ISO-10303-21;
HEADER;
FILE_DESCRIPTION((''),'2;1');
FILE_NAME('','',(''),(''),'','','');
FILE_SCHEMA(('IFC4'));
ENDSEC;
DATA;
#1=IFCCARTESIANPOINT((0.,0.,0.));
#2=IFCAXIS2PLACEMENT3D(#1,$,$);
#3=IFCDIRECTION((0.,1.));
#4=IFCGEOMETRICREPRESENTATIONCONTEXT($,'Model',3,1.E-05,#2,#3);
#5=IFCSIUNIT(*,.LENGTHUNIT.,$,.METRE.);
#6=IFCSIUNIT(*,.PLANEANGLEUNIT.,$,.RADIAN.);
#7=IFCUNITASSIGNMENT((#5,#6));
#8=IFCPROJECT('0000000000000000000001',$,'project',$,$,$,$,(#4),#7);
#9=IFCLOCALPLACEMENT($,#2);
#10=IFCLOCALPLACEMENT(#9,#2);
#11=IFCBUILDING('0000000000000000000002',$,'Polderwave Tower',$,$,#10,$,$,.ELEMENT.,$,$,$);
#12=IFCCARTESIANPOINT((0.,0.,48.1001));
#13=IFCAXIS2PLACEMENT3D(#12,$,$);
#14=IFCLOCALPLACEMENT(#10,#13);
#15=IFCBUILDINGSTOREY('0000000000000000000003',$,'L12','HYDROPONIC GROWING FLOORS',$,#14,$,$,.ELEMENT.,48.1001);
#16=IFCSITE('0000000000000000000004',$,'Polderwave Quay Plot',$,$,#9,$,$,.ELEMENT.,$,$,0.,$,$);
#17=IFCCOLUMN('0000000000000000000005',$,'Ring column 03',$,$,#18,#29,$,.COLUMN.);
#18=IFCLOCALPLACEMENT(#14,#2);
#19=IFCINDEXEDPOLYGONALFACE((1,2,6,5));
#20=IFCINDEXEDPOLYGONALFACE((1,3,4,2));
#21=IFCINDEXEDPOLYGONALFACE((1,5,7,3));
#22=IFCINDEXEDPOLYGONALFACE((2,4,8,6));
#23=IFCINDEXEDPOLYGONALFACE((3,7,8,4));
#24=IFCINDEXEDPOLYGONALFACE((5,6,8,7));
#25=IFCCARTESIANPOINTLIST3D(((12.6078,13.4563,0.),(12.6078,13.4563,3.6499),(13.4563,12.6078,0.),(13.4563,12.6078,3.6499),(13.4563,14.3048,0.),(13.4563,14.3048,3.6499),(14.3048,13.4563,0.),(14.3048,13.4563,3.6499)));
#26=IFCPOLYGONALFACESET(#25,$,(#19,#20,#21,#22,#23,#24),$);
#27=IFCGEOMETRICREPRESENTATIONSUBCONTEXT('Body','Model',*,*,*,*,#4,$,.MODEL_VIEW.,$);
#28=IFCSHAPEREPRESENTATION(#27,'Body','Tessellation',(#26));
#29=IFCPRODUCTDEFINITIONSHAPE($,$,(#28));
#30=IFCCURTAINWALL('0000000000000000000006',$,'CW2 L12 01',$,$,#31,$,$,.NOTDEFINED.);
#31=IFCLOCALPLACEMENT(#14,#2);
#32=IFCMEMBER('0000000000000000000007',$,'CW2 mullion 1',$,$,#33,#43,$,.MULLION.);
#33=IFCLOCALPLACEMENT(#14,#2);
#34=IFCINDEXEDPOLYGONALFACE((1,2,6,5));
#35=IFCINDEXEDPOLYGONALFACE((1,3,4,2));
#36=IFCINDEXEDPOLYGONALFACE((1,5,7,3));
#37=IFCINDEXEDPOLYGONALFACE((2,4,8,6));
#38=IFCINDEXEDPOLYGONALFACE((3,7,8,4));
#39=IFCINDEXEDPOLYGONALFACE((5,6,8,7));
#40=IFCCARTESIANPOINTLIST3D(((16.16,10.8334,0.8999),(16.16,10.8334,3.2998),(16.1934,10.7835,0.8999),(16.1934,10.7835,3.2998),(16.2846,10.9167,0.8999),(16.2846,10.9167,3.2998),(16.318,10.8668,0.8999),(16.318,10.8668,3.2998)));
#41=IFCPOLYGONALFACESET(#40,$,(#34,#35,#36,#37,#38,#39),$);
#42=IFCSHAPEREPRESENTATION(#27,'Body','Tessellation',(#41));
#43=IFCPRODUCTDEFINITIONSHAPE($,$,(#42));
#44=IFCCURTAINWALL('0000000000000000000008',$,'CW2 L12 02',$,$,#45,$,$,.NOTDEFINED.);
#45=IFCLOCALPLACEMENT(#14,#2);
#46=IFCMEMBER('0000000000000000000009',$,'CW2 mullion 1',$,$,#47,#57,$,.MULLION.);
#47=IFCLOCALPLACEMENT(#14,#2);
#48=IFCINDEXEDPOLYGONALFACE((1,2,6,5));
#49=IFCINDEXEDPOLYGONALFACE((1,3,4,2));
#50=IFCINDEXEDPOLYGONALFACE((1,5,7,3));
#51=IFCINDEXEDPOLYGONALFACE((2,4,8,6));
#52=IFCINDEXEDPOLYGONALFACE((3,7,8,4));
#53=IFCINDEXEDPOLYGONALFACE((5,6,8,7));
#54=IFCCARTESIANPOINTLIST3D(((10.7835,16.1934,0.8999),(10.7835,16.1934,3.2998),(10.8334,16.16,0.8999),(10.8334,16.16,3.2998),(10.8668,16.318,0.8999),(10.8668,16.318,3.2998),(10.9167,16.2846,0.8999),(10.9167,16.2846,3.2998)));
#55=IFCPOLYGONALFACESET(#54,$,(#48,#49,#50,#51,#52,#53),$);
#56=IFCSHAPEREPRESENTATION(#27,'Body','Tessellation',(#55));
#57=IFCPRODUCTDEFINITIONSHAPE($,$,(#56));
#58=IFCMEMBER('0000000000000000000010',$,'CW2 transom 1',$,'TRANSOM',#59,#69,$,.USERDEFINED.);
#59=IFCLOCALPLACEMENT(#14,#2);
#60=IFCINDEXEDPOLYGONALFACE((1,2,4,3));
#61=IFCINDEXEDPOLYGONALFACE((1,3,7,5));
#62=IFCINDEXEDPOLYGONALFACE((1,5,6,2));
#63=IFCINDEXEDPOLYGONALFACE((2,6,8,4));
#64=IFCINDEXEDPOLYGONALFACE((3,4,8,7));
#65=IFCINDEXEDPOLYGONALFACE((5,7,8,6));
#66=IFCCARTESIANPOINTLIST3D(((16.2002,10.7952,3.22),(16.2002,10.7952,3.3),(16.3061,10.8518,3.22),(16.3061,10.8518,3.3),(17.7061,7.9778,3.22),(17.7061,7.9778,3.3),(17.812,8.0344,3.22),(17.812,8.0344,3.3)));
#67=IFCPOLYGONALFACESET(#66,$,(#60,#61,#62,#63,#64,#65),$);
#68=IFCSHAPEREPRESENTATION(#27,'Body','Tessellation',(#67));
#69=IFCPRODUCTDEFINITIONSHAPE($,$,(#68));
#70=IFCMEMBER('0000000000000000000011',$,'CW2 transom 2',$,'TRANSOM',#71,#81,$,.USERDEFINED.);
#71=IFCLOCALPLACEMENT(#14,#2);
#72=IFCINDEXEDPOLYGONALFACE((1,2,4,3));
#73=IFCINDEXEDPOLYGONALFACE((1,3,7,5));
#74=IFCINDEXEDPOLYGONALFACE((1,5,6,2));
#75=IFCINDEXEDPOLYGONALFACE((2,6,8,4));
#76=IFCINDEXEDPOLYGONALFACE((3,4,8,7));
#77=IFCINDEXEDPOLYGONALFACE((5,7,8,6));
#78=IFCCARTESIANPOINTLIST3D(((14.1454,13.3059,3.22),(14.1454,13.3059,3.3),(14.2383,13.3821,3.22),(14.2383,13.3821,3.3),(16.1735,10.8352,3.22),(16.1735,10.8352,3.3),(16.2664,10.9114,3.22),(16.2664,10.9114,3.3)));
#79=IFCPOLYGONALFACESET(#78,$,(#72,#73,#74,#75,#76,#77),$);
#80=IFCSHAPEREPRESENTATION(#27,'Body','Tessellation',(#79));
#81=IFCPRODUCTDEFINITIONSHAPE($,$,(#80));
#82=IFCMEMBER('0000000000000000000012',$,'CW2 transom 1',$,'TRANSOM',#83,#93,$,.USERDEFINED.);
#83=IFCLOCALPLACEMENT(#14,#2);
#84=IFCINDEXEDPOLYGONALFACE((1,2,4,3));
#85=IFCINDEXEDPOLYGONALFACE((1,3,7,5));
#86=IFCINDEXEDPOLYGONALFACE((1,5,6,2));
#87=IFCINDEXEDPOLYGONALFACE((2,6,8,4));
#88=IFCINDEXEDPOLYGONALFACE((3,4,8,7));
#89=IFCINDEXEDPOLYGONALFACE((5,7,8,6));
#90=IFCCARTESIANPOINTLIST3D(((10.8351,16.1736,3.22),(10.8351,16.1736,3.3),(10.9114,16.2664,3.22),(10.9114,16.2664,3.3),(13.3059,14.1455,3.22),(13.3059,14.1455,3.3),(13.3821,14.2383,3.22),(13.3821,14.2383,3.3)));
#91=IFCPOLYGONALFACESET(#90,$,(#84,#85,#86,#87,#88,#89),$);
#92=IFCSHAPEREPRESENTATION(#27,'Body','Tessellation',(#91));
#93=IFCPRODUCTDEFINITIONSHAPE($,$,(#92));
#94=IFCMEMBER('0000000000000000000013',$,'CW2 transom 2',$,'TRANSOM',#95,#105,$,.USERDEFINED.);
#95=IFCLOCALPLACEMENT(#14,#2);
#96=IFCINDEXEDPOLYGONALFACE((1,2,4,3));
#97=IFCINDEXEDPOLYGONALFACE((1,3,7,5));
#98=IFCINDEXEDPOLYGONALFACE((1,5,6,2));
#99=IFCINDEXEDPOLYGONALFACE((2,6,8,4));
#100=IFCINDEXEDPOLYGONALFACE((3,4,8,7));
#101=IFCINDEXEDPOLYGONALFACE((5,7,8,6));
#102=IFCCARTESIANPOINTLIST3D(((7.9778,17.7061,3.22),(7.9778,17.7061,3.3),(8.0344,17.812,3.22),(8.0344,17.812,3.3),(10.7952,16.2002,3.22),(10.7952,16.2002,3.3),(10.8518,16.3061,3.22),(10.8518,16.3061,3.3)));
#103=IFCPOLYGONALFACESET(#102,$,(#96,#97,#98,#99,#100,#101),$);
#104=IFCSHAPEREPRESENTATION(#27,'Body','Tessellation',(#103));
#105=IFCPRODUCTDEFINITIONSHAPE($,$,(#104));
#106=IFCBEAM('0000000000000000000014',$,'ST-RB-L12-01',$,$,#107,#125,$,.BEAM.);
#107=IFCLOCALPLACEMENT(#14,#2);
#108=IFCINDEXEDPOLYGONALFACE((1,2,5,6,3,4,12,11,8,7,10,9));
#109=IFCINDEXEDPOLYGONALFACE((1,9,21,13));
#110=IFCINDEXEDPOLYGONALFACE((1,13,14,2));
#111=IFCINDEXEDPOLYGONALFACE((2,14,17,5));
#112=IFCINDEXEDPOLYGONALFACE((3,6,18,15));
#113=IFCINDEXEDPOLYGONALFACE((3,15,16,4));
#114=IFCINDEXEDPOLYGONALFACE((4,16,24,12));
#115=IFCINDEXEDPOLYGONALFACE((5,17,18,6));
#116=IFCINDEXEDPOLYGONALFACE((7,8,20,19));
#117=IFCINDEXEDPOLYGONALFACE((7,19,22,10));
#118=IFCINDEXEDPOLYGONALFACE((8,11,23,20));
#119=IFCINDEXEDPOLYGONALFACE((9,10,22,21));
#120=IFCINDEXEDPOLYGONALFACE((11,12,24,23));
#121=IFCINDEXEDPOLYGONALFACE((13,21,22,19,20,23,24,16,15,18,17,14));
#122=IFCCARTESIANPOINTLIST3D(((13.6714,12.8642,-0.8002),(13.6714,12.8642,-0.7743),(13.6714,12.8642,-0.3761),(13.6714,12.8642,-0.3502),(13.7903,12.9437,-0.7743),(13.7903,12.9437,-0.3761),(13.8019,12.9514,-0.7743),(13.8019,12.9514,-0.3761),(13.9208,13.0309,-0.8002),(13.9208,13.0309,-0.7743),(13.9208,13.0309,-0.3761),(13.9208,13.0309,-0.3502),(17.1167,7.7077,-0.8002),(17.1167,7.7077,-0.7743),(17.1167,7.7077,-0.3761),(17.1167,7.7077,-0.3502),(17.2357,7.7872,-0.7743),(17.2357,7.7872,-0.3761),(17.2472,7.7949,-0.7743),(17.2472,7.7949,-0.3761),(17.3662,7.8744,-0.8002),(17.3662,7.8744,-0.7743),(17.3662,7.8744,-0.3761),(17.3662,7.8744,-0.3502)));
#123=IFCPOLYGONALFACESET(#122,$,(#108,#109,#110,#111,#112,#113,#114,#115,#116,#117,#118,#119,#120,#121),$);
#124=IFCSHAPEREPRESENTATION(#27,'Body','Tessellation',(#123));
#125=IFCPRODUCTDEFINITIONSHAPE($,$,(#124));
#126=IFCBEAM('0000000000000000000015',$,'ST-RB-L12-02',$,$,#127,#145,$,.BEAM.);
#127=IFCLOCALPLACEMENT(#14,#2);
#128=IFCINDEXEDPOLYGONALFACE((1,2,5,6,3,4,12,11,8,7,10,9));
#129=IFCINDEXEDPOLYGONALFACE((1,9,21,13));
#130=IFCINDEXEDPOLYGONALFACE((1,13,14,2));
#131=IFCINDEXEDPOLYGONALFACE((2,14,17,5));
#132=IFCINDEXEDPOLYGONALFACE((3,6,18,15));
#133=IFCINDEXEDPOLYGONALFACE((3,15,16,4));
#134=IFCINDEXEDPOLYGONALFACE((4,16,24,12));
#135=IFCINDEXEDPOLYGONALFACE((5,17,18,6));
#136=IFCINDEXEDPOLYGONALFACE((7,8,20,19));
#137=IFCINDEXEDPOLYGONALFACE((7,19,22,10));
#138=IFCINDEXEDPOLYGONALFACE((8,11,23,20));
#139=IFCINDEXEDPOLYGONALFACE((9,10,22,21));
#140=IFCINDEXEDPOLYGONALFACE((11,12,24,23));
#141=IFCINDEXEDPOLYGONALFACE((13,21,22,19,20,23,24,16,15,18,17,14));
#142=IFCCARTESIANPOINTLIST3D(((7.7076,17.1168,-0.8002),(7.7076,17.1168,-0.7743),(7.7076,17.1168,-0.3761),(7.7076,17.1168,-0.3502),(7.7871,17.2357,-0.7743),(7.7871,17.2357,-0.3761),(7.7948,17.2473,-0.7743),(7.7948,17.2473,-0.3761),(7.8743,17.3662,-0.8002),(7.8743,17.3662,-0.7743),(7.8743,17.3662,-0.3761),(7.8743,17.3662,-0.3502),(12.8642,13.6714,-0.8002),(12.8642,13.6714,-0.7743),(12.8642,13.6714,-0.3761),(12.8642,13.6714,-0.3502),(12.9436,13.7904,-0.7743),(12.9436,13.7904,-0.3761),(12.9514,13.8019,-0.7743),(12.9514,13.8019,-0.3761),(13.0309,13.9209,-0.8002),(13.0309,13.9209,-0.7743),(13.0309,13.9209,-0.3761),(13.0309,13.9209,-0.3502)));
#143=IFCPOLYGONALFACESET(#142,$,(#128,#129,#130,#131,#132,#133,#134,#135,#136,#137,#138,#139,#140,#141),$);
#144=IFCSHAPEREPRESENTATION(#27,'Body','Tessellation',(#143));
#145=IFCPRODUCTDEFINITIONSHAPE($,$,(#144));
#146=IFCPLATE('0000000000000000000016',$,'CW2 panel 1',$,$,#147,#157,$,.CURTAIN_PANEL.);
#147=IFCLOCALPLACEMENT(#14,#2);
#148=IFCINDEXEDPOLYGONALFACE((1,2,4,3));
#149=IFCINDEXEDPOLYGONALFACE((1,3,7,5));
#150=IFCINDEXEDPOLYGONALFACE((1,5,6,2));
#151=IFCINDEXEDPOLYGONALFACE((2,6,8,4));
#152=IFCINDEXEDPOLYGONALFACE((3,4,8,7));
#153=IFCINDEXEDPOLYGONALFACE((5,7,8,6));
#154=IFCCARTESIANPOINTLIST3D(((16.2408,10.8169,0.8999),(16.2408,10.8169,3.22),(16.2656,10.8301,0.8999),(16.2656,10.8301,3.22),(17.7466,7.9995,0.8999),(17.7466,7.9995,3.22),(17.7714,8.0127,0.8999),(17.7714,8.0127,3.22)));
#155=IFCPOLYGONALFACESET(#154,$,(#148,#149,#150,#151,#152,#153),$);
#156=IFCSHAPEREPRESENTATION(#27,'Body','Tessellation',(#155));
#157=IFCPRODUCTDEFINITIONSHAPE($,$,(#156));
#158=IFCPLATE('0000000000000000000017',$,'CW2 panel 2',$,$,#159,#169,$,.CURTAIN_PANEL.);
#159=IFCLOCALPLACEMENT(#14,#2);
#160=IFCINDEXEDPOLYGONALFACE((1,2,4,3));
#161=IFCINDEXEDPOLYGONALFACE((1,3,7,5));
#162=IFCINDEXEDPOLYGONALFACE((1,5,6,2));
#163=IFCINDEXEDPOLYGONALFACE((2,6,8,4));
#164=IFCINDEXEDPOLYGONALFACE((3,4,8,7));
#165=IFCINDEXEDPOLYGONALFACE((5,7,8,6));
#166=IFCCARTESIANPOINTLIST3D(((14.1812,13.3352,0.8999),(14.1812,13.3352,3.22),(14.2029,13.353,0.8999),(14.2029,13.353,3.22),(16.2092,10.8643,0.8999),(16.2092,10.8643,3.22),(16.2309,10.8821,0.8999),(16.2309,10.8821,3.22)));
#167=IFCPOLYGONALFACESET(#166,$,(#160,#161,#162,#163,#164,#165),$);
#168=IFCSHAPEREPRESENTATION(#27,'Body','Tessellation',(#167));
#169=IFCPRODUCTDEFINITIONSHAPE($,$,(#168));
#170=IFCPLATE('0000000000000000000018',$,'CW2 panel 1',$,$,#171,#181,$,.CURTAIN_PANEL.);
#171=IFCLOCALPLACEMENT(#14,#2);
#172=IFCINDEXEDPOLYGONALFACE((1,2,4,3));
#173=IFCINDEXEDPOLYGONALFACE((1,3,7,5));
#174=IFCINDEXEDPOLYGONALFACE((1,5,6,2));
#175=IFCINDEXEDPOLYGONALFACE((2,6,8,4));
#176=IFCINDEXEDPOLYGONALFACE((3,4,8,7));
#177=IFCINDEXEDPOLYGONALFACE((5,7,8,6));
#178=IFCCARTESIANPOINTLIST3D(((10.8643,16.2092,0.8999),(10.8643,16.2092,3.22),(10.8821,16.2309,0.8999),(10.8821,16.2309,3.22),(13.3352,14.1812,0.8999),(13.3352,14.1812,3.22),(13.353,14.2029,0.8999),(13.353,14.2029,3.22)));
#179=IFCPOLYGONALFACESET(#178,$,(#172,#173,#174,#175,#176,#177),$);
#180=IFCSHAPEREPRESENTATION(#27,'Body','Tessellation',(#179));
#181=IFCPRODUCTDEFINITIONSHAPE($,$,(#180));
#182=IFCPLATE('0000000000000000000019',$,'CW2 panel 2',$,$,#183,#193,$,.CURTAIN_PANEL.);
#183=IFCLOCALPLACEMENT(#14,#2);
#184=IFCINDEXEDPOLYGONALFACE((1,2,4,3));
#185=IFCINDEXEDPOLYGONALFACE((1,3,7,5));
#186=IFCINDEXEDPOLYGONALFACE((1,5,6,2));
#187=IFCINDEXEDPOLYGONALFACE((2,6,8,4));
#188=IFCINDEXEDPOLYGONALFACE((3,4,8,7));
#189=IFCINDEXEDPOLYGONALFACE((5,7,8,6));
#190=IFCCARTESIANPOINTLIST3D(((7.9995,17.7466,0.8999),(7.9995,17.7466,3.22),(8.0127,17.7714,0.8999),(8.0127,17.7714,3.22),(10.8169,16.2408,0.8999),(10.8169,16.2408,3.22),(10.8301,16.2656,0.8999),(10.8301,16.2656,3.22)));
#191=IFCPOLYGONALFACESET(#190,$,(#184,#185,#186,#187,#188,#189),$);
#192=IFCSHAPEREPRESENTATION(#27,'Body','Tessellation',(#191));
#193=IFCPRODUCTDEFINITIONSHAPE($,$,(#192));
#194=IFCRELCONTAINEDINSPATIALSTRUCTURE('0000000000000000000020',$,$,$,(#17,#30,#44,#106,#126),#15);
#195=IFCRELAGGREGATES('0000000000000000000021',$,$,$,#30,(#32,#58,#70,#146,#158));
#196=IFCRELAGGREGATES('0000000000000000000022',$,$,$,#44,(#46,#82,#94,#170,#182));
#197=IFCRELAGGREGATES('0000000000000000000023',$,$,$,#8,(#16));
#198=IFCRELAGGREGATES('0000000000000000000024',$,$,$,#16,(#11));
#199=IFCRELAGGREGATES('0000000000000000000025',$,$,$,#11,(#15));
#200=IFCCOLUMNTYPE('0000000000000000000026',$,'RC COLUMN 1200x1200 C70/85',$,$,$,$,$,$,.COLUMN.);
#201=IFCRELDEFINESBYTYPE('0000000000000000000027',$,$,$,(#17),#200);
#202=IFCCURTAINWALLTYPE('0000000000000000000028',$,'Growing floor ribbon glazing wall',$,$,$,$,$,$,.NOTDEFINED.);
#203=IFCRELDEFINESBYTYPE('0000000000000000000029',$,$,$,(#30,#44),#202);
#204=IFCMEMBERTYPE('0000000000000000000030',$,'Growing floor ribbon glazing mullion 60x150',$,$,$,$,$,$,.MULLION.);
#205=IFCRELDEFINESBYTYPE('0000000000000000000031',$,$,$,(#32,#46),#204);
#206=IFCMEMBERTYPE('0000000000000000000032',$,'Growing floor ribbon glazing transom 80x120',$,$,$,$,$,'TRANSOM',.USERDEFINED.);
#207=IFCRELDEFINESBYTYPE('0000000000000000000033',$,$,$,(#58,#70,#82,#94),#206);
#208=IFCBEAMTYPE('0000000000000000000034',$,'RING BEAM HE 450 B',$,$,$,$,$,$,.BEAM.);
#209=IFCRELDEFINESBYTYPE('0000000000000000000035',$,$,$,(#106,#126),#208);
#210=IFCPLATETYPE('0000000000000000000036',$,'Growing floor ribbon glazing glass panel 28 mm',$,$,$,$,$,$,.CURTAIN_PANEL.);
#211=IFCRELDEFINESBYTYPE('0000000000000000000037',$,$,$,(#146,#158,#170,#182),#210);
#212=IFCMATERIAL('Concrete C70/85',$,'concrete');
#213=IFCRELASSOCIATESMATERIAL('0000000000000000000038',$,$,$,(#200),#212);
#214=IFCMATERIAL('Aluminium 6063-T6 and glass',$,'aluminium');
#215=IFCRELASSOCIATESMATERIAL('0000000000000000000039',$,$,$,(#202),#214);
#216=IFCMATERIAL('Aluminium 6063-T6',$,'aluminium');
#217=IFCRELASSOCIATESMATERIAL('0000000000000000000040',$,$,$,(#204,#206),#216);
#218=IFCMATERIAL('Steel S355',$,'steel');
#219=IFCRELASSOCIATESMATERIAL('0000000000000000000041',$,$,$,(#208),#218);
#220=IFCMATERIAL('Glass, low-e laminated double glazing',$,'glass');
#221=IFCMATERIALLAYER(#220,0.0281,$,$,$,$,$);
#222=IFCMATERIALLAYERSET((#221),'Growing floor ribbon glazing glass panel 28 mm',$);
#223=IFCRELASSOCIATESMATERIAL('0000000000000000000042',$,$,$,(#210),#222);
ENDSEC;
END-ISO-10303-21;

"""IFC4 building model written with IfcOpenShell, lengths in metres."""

from ifc_helpers import new_model, si_unit, direction, frame, origin, origin_2d, place, context, subcontext, project, spatial, rectangle, i_section, extrude, material, layer, layer_set, material_profile, profile_set, type_object, element, aggregate, save


model = new_model("IFC4")

# Units and contexts
model_context = context("Model", 3, precision=1e-05, world=origin(), true_north=direction((0.0, 1.0)))
body_context = subcontext(model_context, "Body", "Model", "MODEL_VIEW")
ifc_project = project(units=[si_unit("LENGTHUNIT", "METRE"), si_unit("PLANEANGLEUNIT", "RADIAN")], contexts=[model_context])

# Site, building, storey
site_placement = place(None, origin())
site = spatial("IfcSite", under=ifc_project, at=site_placement, Name="Polderwave Quay Plot", CompositionType="ELEMENT", RefElevation=0.0)
building_placement = place(site_placement, origin())
building = spatial("IfcBuilding", under=site, at=building_placement, Name="Polderwave Tower", CompositionType="ELEMENT")
storey_placement = place(building_placement, frame((0.0, 0.0, 48.1001)))
storey = spatial("IfcBuildingStorey", under=building, at=storey_placement, Name="L12", Description="HYDROPONIC GROWING FLOORS", CompositionType="ELEMENT", Elevation=48.1001)

# Column
ifc_material_1 = material(Name="Concrete C70/85", Category="concrete")
ifc_material_profile_1 = material_profile(ifc_material_1, rectangle(XDim=1.2, YDim=1.2, at=origin_2d()), Name="RC 1200x1200")
ifc_profile_set_1 = profile_set([ifc_material_profile_1], Name="Concrete C70/85")
column_type = type_object("IfcColumnType", Name="RC COLUMN 1200x1200 C70/85", PredefinedType="COLUMN", material=ifc_profile_set_1)
column_placement = place(storey_placement, frame((13.4563, 13.4563, 0.0), z_axis=(0.0, 0.0, 1.0), x_axis=(0.707107, 0.707107, 0.0)))
element("IfcColumn", 1, at=column_placement, inside=storey, type_object=column_type, Name="Ring column 03", PredefinedType="COLUMN", context=body_context, shape_type="SweptSolid", body=[
    extrude(rectangle(XDim=1.2, YDim=1.2, at=origin_2d()), origin(), (0.0, 0.0, 1.0), 3.6499),
])

# Curtain walls, members
ifc_material_2 = material(Name="Aluminium 6063-T6 and glass", Category="aluminium")
curtain_wall_type = type_object("IfcCurtainWallType", Name="Growing floor ribbon glazing wall", PredefinedType="NOTDEFINED", material=ifc_material_2)
curtain_wall_1_placement = place(storey_placement, origin())
curtain_wall_1 = element("IfcCurtainWall", 2, at=curtain_wall_1_placement, inside=storey, type_object=curtain_wall_type, Name="CW2 L12 01", PredefinedType="NOTDEFINED")
ifc_material_3 = material(Name="Aluminium 6063-T6", Category="aluminium")
ifc_material_profile_2 = material_profile(ifc_material_3, rectangle(XDim=0.1499, YDim=0.0601, at=origin_2d()), Name="AL 60x150")
ifc_profile_set_2 = profile_set([ifc_material_profile_2], Name="Aluminium 6063-T6")
member_type_1 = type_object("IfcMemberType", Name="Growing floor ribbon glazing mullion 60x150", PredefinedType="MULLION", material=ifc_profile_set_2)
member_1_placement = place(storey_placement, frame((16.239, 10.8501, 0.8999), z_axis=(0.0, 0.0, 1.0), x_axis=(-0.831466, -0.555576, 0.0)))
member_1 = element("IfcMember", 3, at=member_1_placement, type_object=member_type_1, Name="CW2 mullion 1", PredefinedType="MULLION", context=body_context, shape_type="SweptSolid", body=[
    extrude(rectangle(XDim=0.1499, YDim=0.0601, at=origin_2d()), origin(), (0.0, 0.0, 1.0), 2.3999),
])
curtain_wall_2_placement = place(storey_placement, origin())
curtain_wall_2 = element("IfcCurtainWall", 4, at=curtain_wall_2_placement, inside=storey, type_object=curtain_wall_type, Name="CW2 L12 02", PredefinedType="NOTDEFINED")
member_2_placement = place(storey_placement, frame((10.8501, 16.239, 0.8999), z_axis=(0.0, 0.0, 1.0), x_axis=(-0.555576, -0.831466, 0.0)))
member_2 = element("IfcMember", 5, at=member_2_placement, type_object=member_type_1, Name="CW2 mullion 1", PredefinedType="MULLION", context=body_context, shape_type="SweptSolid", body=[
    extrude(rectangle(XDim=0.1499, YDim=0.0601, at=origin_2d()), origin(), (0.0, 0.0, 1.0), 2.3999),
])

# Members
ifc_material_profile_3 = material_profile(ifc_material_3, rectangle(XDim=0.1201, YDim=0.0801, at=origin_2d()), Name="AL 80x120")
ifc_profile_set_3 = profile_set([ifc_material_profile_3], Name="Aluminium 6063-T6")
member_type_2 = type_object("IfcMemberType", Name="Growing floor ribbon glazing transom 80x120", ElementType="TRANSOM", PredefinedType="USERDEFINED", material=ifc_profile_set_3)
member_3_placement = place(storey_placement, frame((17.759, 8.0061, 3.26), z_axis=(-0.471381, 0.881929, 0.0), x_axis=(-0.881929, -0.471381, 0.0)))
member_3 = element("IfcMember", 6, at=member_3_placement, type_object=member_type_2, Name="CW2 transom 1", ObjectType="TRANSOM", PredefinedType="USERDEFINED", context=body_context, shape_type="SweptSolid", body=[
    extrude(rectangle(XDim=0.1201, YDim=0.0801, at=origin_2d()), origin(), (0.0, 0.0, 1.0), 3.1946),
])
member_4_placement = place(storey_placement, frame((16.22, 10.8733, 3.26), z_axis=(-0.634472, 0.772946, 0.0), x_axis=(-0.772946, -0.634472, 0.0)))
member_4 = element("IfcMember", 7, at=member_4_placement, type_object=member_type_2, Name="CW2 transom 2", ObjectType="TRANSOM", PredefinedType="USERDEFINED", context=body_context, shape_type="SweptSolid", body=[
    extrude(rectangle(XDim=0.1201, YDim=0.0801, at=origin_2d()), origin(), (0.0, 0.0, 1.0), 3.1965),
])
member_5_placement = place(storey_placement, frame((13.344, 14.1919, 3.26), z_axis=(-0.772946, 0.634472, 0.0), x_axis=(-0.634472, -0.772946, 0.0)))
member_5 = element("IfcMember", 8, at=member_5_placement, type_object=member_type_2, Name="CW2 transom 1", ObjectType="TRANSOM", PredefinedType="USERDEFINED", context=body_context, shape_type="SweptSolid", body=[
    extrude(rectangle(XDim=0.1201, YDim=0.0801, at=origin_2d()), origin(), (0.0, 0.0, 1.0), 3.1965),
])
member_6_placement = place(storey_placement, frame((10.8235, 16.2532, 3.26), z_axis=(-0.881929, 0.471381, 0.0), x_axis=(-0.471381, -0.881929, 0.0)))
member_6 = element("IfcMember", 9, at=member_6_placement, type_object=member_type_2, Name="CW2 transom 2", ObjectType="TRANSOM", PredefinedType="USERDEFINED", context=body_context, shape_type="SweptSolid", body=[
    extrude(rectangle(XDim=0.1201, YDim=0.0801, at=origin_2d()), origin(), (0.0, 0.0, 1.0), 3.1946),
])

# Beams
ifc_material_4 = material(Name="Steel S355", Category="steel")
ifc_material_profile_4 = material_profile(ifc_material_4, i_section(OverallWidth=0.3, OverallDepth=0.45, WebThickness=0.0139, FlangeThickness=0.0259, at=origin_2d()), Name="HE 450 B")
ifc_profile_set_4 = profile_set([ifc_material_profile_4], Name="Steel S355")
beam_type = type_object("IfcBeamType", Name="RING BEAM HE 450 B", PredefinedType="BEAM", material=ifc_profile_set_4)
for number, where, z_axis, x_axis, name in (
    (10, (17.2415, 7.791, -0.5752), (-0.555554, 0.831481, 0.0), (-0.831481, -0.555554, 0.0), "ST-RB-L12-01"),
    (11, (12.9475, 13.7961, -0.5752), (-0.831481, 0.555554, 0.0), (-0.555554, -0.831481, 0.0), "ST-RB-L12-02"),
):
    element("IfcBeam", number, at=place(storey_placement, frame(where, z_axis=z_axis, x_axis=x_axis)), inside=storey, type_object=beam_type, Name=name, PredefinedType="BEAM", context=body_context, shape_type="SweptSolid", body=[
        extrude(i_section(OverallWidth=0.3, OverallDepth=0.45, WebThickness=0.0139, FlangeThickness=0.0259, at=origin_2d()), origin(), (0.0, 0.0, 1.0), 6.2017),
    ])

# Plates
ifc_material_5 = material(Name="Glass, low-e laminated double glazing", Category="glass")
ifc_layer_1 = layer(ifc_material_5, 0.0281)
ifc_layer_set_1 = layer_set([ifc_layer_1], Name="Growing floor ribbon glazing glass panel 28 mm")
plate_type = type_object("IfcPlateType", Name="Growing floor ribbon glazing glass panel 28 mm", PredefinedType="CURTAIN_PANEL", material=ifc_layer_set_1)
plate_1_placement = place(storey_placement, frame((17.0061, 9.4148, 0.8999), z_axis=(0.0, 0.0, 1.0), x_axis=(-0.471361, 0.88194, 0.0)))
plate_1 = element("IfcPlate", 12, at=plate_1_placement, type_object=plate_type, Name="CW2 panel 1", PredefinedType="CURTAIN_PANEL", context=body_context, shape_type="SweptSolid", body=[
    extrude(rectangle(XDim=3.1946, YDim=0.0281, at=origin_2d()), origin(), (0.0, 0.0, 1.0), 2.3201),
])
plate_2_placement = place(storey_placement, frame((15.2061, 12.1086, 0.8999), z_axis=(0.0, 0.0, 1.0), x_axis=(-0.634435, 0.772976, 0.0)))
plate_2 = element("IfcPlate", 13, at=plate_2_placement, type_object=plate_type, Name="CW2 panel 2", PredefinedType="CURTAIN_PANEL", context=body_context, shape_type="SweptSolid", body=[
    extrude(rectangle(XDim=3.1965, YDim=0.0281, at=origin_2d()), origin(), (0.0, 0.0, 1.0), 2.3201),
])
aggregate(curtain_wall_1, [member_1, member_3, member_4, plate_1, plate_2])
plate_3_placement = place(storey_placement, frame((12.1086, 15.2061, 0.8999), z_axis=(0.0, 0.0, 1.0), x_axis=(-0.772976, 0.634435, 0.0)))
plate_3 = element("IfcPlate", 14, at=plate_3_placement, type_object=plate_type, Name="CW2 panel 1", PredefinedType="CURTAIN_PANEL", context=body_context, shape_type="SweptSolid", body=[
    extrude(rectangle(XDim=3.1965, YDim=0.0281, at=origin_2d()), origin(), (0.0, 0.0, 1.0), 2.3201),
])
plate_4_placement = place(storey_placement, frame((9.4148, 17.0061, 0.8999), z_axis=(0.0, 0.0, 1.0), x_axis=(-0.88194, 0.471361, 0.0)))
plate_4 = element("IfcPlate", 15, at=plate_4_placement, type_object=plate_type, Name="CW2 panel 2", PredefinedType="CURTAIN_PANEL", context=body_context, shape_type="SweptSolid", body=[
    extrude(rectangle(XDim=3.1946, YDim=0.0281, at=origin_2d()), origin(), (0.0, 0.0, 1.0), 2.3201),
])
aggregate(curtain_wall_2, [member_2, member_5, member_6, plate_3, plate_4])

save(model, "model.ifc")
